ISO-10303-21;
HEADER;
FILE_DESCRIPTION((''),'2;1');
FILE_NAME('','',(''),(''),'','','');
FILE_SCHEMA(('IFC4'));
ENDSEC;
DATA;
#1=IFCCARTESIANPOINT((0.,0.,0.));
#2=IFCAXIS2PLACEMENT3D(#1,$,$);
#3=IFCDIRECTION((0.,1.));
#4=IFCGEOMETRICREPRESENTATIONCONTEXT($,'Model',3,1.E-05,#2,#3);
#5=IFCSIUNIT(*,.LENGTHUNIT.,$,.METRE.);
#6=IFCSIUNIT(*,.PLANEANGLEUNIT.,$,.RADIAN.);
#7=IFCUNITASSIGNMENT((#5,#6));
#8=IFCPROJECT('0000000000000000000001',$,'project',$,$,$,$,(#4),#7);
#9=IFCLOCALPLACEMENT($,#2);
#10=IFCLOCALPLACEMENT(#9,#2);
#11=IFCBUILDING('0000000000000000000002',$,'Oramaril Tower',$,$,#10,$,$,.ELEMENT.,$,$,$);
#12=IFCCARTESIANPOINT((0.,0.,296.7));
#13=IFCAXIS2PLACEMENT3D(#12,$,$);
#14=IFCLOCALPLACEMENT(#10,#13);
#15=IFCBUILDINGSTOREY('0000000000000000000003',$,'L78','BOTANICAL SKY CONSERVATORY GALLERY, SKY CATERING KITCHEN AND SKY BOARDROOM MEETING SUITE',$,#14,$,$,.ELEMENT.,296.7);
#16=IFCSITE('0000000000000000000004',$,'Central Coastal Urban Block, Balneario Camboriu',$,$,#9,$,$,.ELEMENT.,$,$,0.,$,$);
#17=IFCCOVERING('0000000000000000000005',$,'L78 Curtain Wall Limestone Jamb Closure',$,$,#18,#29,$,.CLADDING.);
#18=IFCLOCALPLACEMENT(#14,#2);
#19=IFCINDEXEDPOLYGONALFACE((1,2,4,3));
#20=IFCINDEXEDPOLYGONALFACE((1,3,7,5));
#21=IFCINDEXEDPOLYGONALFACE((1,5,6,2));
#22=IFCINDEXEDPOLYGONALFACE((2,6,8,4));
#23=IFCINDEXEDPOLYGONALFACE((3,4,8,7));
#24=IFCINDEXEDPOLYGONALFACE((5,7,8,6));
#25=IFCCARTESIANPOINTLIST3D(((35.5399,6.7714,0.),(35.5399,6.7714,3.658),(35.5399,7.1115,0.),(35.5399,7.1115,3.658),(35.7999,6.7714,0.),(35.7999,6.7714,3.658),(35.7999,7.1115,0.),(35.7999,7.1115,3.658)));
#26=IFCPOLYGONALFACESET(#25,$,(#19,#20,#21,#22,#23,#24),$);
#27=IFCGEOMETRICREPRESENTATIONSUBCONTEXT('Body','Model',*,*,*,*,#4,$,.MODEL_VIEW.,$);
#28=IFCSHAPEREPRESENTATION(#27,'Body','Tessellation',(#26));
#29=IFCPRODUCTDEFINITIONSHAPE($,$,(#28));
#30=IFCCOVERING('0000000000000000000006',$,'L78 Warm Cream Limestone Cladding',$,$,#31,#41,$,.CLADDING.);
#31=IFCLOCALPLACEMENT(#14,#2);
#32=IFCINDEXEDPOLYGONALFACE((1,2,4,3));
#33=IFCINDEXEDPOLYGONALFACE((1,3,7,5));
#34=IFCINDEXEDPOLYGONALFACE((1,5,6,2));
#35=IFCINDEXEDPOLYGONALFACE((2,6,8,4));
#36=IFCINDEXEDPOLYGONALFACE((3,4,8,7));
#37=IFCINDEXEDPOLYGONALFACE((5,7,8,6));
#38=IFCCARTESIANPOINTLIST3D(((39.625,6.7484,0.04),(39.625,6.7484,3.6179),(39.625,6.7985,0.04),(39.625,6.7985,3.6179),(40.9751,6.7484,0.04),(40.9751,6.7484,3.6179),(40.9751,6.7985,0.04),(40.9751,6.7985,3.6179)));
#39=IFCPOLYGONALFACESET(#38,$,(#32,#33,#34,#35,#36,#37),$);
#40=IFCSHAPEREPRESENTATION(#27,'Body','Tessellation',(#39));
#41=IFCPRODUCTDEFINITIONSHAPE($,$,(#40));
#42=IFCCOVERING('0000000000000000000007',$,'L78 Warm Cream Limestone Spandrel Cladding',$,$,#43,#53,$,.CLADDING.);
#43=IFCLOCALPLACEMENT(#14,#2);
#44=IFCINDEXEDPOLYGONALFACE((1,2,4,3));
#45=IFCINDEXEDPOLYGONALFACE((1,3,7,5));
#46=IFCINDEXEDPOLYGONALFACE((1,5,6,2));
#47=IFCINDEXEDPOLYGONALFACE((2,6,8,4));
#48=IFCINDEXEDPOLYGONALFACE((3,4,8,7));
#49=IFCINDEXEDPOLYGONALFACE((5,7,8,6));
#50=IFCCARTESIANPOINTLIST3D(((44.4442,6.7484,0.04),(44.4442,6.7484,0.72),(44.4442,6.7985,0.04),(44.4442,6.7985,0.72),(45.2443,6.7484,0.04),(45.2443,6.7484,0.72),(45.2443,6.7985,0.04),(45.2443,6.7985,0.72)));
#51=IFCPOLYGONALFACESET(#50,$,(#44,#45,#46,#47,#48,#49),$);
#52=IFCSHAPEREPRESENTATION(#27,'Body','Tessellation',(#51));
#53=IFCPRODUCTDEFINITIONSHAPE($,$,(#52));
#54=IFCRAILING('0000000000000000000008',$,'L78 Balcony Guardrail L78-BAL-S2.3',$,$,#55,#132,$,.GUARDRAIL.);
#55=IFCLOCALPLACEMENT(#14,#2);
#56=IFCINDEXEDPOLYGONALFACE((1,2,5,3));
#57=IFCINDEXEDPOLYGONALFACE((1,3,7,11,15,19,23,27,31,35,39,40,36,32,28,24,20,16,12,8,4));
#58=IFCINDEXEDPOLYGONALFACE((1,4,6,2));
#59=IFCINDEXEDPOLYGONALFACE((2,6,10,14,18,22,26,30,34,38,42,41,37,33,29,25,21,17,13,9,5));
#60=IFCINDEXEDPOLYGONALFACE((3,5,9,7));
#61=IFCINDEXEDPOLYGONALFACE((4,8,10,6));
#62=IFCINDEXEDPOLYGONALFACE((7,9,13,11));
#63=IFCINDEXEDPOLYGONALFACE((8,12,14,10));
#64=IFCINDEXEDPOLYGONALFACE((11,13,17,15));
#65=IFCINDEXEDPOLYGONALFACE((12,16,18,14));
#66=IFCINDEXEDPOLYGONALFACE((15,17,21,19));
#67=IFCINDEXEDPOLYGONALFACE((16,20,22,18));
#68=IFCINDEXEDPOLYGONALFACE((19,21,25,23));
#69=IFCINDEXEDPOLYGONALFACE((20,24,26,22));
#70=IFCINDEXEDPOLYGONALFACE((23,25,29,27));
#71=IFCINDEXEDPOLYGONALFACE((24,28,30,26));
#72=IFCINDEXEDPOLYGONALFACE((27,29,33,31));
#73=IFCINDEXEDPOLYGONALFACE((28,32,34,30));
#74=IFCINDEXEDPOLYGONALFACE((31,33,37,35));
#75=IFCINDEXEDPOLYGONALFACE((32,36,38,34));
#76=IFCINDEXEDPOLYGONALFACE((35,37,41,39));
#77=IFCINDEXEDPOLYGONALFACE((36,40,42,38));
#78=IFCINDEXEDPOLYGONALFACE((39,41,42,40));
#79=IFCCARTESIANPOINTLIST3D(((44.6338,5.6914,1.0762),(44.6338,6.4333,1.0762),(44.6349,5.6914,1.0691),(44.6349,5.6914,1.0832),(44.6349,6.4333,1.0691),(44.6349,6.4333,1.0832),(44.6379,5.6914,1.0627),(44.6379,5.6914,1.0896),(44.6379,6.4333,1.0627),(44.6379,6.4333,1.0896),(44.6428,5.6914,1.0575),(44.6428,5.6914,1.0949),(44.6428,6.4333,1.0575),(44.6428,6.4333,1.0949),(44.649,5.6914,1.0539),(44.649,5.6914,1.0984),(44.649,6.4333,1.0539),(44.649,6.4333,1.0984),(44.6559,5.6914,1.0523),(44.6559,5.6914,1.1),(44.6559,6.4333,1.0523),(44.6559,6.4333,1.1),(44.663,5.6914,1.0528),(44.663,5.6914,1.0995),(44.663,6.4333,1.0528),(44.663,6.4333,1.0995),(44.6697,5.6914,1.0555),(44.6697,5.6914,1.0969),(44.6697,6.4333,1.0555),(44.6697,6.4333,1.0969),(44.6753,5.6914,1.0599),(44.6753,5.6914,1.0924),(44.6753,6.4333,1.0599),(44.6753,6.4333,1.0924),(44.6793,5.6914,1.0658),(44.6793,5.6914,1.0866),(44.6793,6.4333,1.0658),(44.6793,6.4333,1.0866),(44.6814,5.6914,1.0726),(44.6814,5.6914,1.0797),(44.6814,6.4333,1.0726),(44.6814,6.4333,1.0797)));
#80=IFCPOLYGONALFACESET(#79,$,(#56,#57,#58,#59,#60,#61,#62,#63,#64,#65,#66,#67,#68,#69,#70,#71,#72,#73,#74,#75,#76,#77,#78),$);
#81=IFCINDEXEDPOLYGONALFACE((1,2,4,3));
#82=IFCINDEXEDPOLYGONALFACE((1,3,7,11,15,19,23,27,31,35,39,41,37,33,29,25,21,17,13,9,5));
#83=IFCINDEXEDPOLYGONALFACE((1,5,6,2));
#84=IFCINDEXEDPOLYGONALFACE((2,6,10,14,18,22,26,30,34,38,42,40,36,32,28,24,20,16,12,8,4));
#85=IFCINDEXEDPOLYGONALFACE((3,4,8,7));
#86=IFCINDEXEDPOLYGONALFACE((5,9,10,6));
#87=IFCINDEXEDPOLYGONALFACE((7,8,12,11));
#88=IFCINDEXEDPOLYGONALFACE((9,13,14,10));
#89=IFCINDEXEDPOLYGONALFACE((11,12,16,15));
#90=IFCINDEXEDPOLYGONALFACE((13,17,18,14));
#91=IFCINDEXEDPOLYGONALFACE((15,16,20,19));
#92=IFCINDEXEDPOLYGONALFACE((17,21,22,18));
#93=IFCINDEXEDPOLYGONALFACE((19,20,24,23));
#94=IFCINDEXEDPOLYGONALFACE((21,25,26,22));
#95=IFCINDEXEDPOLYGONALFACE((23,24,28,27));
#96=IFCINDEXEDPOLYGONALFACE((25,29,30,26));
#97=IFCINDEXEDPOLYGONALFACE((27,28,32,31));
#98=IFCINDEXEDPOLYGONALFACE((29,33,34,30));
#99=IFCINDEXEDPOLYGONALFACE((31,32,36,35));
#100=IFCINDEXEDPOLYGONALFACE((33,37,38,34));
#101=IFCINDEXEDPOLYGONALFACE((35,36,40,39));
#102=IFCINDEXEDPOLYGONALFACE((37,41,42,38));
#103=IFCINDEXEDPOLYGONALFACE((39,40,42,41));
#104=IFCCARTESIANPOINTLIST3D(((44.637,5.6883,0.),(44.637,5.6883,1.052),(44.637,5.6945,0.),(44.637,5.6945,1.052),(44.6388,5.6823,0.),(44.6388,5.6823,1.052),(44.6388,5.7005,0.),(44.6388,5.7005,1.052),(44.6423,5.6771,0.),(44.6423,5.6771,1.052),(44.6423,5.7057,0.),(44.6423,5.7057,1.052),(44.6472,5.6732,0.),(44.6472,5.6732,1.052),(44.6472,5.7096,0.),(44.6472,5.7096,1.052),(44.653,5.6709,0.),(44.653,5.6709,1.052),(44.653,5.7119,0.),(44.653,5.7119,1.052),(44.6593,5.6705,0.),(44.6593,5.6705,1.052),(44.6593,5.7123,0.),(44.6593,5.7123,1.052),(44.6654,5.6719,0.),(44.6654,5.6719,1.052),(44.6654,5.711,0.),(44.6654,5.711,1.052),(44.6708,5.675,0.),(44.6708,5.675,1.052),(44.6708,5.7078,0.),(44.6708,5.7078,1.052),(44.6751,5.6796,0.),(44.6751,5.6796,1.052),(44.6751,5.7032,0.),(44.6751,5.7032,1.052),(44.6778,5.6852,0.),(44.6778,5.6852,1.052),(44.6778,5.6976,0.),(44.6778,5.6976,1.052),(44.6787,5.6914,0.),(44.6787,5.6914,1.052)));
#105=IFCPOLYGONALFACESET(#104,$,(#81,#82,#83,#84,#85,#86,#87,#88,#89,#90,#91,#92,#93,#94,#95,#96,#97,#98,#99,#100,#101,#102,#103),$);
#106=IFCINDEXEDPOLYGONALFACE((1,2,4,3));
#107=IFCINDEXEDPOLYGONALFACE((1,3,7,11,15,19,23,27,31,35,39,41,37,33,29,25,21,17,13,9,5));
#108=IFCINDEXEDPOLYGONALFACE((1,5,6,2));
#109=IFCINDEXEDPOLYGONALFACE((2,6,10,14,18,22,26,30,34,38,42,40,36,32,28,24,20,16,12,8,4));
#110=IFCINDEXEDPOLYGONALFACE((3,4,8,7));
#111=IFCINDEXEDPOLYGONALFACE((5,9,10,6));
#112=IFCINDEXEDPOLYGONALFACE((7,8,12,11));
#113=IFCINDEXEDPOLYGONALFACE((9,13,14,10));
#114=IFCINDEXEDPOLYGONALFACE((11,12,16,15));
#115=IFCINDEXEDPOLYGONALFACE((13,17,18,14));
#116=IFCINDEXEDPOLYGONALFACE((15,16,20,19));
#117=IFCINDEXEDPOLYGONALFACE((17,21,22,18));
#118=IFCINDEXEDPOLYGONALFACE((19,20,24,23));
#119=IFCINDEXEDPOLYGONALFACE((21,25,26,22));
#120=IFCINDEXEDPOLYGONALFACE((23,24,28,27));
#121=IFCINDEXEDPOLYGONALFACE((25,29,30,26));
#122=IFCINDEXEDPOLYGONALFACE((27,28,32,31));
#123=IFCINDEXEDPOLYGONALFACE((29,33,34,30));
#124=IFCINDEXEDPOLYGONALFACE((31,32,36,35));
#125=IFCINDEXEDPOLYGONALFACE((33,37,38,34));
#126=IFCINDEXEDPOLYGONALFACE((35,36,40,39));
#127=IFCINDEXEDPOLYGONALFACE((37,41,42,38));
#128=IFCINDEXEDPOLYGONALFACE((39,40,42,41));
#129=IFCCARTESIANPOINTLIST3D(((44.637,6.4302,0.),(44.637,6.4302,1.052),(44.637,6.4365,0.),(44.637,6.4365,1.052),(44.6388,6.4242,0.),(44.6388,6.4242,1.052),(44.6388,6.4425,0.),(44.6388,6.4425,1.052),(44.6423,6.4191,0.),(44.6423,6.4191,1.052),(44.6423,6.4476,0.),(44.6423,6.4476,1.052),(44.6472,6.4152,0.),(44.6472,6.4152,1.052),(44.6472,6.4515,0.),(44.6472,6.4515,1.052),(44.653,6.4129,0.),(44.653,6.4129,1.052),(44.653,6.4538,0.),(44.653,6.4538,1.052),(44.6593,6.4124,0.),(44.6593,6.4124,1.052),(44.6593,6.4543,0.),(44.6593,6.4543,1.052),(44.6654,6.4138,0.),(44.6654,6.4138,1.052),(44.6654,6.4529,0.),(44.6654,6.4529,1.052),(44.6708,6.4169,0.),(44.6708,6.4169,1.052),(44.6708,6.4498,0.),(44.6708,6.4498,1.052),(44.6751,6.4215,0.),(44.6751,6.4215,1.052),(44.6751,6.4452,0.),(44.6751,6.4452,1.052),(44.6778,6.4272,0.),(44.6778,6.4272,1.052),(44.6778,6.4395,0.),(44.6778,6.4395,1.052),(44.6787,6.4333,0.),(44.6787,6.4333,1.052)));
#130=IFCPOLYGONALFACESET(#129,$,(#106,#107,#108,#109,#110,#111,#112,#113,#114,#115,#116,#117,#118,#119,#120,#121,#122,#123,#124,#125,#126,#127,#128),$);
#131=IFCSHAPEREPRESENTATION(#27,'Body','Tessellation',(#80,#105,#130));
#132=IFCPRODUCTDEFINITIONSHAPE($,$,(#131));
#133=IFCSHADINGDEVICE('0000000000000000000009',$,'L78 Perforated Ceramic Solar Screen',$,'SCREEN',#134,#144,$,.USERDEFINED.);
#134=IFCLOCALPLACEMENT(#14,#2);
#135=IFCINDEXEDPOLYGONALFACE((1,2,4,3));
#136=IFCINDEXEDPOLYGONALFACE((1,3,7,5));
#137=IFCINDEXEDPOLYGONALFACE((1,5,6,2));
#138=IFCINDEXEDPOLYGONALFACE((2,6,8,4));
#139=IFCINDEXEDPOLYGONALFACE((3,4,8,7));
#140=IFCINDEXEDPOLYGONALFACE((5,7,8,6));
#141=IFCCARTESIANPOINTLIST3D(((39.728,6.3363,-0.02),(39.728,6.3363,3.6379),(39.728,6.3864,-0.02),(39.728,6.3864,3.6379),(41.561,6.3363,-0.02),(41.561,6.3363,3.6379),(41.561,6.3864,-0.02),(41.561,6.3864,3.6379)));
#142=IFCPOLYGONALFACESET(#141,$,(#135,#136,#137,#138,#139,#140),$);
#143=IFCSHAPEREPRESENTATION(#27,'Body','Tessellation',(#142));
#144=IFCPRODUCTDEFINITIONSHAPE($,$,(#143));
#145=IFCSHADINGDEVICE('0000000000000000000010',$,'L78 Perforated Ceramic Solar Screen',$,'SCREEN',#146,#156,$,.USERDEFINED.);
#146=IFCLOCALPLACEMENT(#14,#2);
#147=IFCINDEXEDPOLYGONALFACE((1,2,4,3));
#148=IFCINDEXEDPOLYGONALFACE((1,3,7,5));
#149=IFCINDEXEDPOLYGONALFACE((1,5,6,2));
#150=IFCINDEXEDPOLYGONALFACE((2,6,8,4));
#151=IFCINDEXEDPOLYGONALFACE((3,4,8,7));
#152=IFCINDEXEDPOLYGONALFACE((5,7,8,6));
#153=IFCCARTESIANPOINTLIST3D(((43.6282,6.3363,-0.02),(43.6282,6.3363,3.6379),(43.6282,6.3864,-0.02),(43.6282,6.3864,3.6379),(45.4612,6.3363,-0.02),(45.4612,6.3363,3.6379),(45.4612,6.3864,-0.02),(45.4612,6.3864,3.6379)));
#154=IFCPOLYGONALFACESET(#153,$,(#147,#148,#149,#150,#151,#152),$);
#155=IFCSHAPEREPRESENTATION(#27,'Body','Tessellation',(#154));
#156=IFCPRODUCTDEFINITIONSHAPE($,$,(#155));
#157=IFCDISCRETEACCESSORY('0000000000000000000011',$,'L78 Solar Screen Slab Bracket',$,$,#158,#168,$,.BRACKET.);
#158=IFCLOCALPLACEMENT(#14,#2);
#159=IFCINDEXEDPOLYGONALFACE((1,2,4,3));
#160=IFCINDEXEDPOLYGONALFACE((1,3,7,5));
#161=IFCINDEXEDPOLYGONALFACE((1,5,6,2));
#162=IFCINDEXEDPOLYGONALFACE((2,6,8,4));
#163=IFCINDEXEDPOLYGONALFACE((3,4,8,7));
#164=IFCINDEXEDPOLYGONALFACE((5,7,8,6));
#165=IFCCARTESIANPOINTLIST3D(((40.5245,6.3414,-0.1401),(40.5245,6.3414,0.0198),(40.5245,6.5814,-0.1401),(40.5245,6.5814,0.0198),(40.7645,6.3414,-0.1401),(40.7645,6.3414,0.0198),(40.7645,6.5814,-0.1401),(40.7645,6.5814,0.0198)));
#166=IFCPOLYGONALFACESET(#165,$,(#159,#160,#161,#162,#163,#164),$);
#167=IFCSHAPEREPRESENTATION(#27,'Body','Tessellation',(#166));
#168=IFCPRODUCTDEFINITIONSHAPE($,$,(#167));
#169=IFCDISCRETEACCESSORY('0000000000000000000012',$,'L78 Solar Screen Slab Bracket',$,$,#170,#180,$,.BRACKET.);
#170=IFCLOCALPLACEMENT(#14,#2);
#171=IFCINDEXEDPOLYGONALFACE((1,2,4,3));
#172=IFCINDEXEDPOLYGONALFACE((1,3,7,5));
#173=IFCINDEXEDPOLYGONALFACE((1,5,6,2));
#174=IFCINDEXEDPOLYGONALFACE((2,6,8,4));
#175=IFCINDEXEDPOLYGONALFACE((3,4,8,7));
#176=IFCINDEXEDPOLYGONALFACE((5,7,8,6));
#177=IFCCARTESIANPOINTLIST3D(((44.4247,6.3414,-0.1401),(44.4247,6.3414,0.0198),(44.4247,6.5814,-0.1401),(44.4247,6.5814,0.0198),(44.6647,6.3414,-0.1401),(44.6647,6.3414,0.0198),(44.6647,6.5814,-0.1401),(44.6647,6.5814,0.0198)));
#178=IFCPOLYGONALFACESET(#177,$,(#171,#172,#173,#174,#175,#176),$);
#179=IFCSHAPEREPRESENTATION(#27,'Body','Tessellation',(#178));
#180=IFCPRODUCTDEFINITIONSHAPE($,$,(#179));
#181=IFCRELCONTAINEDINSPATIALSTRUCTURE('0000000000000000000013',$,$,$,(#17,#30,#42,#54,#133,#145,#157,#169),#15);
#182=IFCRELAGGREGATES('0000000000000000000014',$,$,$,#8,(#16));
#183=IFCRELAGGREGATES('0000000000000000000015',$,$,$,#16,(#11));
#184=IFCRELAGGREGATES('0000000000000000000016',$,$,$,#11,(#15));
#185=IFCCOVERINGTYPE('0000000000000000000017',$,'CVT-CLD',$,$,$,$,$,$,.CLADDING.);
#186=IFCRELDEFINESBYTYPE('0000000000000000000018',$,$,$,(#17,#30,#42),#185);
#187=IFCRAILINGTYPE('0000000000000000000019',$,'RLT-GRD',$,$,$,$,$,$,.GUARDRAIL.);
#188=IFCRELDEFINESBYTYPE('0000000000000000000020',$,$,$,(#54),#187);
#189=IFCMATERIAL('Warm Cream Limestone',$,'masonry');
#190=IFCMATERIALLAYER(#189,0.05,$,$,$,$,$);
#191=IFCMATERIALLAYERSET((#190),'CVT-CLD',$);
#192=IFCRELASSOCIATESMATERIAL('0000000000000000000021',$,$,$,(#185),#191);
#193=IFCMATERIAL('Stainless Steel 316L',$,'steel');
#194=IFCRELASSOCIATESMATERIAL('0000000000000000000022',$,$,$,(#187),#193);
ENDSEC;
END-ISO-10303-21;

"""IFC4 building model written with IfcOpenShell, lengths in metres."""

from ifc_helpers import new_model, si_unit, direction, frame, origin, origin_2d, place, context, subcontext, project, spatial, rectangle, circle, extrude, material, layer, layer_set, type_object, element, save


model = new_model("IFC4")

# Units and contexts
model_context = context("Model", 3, precision=1e-05, world=origin(), true_north=direction((0.0, 1.0)))
body_context = subcontext(model_context, "Body", "Model", "MODEL_VIEW")
ifc_project = project(units=[si_unit("LENGTHUNIT", "METRE"), si_unit("PLANEANGLEUNIT", "RADIAN")], contexts=[model_context])

# Site, building, storey
site_placement = place(None, origin())
site = spatial("IfcSite", under=ifc_project, at=site_placement, Name="Central Coastal Urban Block, Balneario Camboriu", CompositionType="ELEMENT", RefElevation=0.0)
building_placement = place(site_placement, origin())
building = spatial("IfcBuilding", under=site, at=building_placement, Name="Oramaril Tower", CompositionType="ELEMENT")
storey_placement = place(building_placement, frame((0.0, 0.0, 296.7)))
storey = spatial("IfcBuildingStorey", under=building, at=storey_placement, Name="L78", Description="BOTANICAL SKY CONSERVATORY GALLERY, SKY CATERING KITCHEN AND SKY BOARDROOM MEETING SUITE", CompositionType="ELEMENT", Elevation=296.7)

# Coverings
ifc_material_1 = material(Name="Warm Cream Limestone", Category="masonry")
ifc_layer_1 = layer(ifc_material_1, 0.05)
ifc_layer_set_1 = layer_set([ifc_layer_1], Name="CVT-CLD")
covering_type = type_object("IfcCoveringType", Name="CVT-CLD", PredefinedType="CLADDING", material=ifc_layer_set_1)
covering_1_placement = place(storey_placement, frame((35.6699, 6.9414, 0.0), z_axis=(0.0, 0.0, 1.0), x_axis=(1.0, 0.0, 0.0)))
element("IfcCovering", 1, at=covering_1_placement, inside=storey, type_object=covering_type, Name="L78 Curtain Wall Limestone Jamb Closure", PredefinedType="CLADDING", context=body_context, shape_type="SweptSolid", body=[
    extrude(rectangle(XDim=0.26, YDim=0.3401, at=origin_2d()), origin(), (0.0, 0.0, 1.0), 3.658),
])
covering_2_placement = place(storey_placement, frame((40.3, 6.7734, 0.04), z_axis=(0.0, 0.0, 1.0), x_axis=(1.0, 0.0, 0.0)))
element("IfcCovering", 2, at=covering_2_placement, inside=storey, type_object=covering_type, Name="L78 Warm Cream Limestone Cladding", PredefinedType="CLADDING", context=body_context, shape_type="SweptSolid", body=[
    extrude(rectangle(XDim=1.3501, YDim=0.05, at=origin_2d()), origin(), (0.0, 0.0, 1.0), 3.5779),
])
covering_3_placement = place(storey_placement, frame((44.8442, 6.7734, 0.04), z_axis=(0.0, 0.0, 1.0), x_axis=(1.0, 0.0, 0.0)))
element("IfcCovering", 3, at=covering_3_placement, inside=storey, type_object=covering_type, Name="L78 Warm Cream Limestone Spandrel Cladding", PredefinedType="CLADDING", context=body_context, shape_type="SweptSolid", body=[
    extrude(rectangle(XDim=0.8, YDim=0.05, at=origin_2d()), origin(), (0.0, 0.0, 1.0), 0.6799),
])

# Railing
ifc_material_2 = material(Name="Stainless Steel 316L", Category="steel")
railing_type = type_object("IfcRailingType", Name="RLT-GRD", PredefinedType="GUARDRAIL", material=ifc_material_2)
railing_placement = place(storey_placement, frame((44.6577, 5.6914, 0.0)))
element("IfcRailing", 4, at=railing_placement, inside=storey, type_object=railing_type, Name="L78 Balcony Guardrail L78-BAL-S2.3", PredefinedType="GUARDRAIL", context=body_context, shape_type="SweptSolid", body=[
    extrude(circle(Radius=0.0239, at=origin_2d()), frame((0.0, 0.0, 1.0762), z_axis=(0.0, 1.0, 0.0), x_axis=(-1.0, 0.0, 0.0)), (0.0, 0.0, 1.0), 0.7419),
    extrude(circle(Radius=0.021, at=origin_2d()), origin(), (0.0, 0.0, 1.0), 1.052),
    extrude(circle(Radius=0.021, at=origin_2d()), frame((0.0, 0.7419, 0.0)), (0.0, 0.0, 1.0), 1.052),
])

# Shading devices
for number, where, z_axis, x_axis, name in (
    (5, (40.6445, 6.3613, -0.02), (0.0, 0.0, 1.0), (1.0, 0.0, 0.0), "L78 Perforated Ceramic Solar Screen"),
    (6, (44.5447, 6.3613, -0.02), (0.0, 0.0, 1.0), (1.0, 0.0, 0.0), "L78 Perforated Ceramic Solar Screen"),
):
    element("IfcShadingDevice", number, at=place(storey_placement, frame(where, z_axis=z_axis, x_axis=x_axis)), inside=storey, Name=name, ObjectType="SCREEN", PredefinedType="USERDEFINED", context=body_context, shape_type="SweptSolid", body=[
        extrude(rectangle(XDim=1.833, YDim=0.05, at=origin_2d()), origin(), (0.0, 0.0, 1.0), 3.658),
    ])

# Discrete accessories
for number, where, z_axis, x_axis, name in (
    (7, (40.6445, 6.4614, -0.1401), (0.0, 0.0, 1.0), (1.0, 0.0, 0.0), "L78 Solar Screen Slab Bracket"),
    (8, (44.5447, 6.4614, -0.1401), (0.0, 0.0, 1.0), (1.0, 0.0, 0.0), "L78 Solar Screen Slab Bracket"),
):
    element("IfcDiscreteAccessory", number, at=place(storey_placement, frame(where, z_axis=z_axis, x_axis=x_axis)), inside=storey, Name=name, PredefinedType="BRACKET", context=body_context, shape_type="SweptSolid", body=[
        extrude(rectangle(XDim=0.24, YDim=0.24, at=origin_2d()), origin(), (0.0, 0.0, 1.0), 0.1599),
    ])

save(model, "model.ifc")
